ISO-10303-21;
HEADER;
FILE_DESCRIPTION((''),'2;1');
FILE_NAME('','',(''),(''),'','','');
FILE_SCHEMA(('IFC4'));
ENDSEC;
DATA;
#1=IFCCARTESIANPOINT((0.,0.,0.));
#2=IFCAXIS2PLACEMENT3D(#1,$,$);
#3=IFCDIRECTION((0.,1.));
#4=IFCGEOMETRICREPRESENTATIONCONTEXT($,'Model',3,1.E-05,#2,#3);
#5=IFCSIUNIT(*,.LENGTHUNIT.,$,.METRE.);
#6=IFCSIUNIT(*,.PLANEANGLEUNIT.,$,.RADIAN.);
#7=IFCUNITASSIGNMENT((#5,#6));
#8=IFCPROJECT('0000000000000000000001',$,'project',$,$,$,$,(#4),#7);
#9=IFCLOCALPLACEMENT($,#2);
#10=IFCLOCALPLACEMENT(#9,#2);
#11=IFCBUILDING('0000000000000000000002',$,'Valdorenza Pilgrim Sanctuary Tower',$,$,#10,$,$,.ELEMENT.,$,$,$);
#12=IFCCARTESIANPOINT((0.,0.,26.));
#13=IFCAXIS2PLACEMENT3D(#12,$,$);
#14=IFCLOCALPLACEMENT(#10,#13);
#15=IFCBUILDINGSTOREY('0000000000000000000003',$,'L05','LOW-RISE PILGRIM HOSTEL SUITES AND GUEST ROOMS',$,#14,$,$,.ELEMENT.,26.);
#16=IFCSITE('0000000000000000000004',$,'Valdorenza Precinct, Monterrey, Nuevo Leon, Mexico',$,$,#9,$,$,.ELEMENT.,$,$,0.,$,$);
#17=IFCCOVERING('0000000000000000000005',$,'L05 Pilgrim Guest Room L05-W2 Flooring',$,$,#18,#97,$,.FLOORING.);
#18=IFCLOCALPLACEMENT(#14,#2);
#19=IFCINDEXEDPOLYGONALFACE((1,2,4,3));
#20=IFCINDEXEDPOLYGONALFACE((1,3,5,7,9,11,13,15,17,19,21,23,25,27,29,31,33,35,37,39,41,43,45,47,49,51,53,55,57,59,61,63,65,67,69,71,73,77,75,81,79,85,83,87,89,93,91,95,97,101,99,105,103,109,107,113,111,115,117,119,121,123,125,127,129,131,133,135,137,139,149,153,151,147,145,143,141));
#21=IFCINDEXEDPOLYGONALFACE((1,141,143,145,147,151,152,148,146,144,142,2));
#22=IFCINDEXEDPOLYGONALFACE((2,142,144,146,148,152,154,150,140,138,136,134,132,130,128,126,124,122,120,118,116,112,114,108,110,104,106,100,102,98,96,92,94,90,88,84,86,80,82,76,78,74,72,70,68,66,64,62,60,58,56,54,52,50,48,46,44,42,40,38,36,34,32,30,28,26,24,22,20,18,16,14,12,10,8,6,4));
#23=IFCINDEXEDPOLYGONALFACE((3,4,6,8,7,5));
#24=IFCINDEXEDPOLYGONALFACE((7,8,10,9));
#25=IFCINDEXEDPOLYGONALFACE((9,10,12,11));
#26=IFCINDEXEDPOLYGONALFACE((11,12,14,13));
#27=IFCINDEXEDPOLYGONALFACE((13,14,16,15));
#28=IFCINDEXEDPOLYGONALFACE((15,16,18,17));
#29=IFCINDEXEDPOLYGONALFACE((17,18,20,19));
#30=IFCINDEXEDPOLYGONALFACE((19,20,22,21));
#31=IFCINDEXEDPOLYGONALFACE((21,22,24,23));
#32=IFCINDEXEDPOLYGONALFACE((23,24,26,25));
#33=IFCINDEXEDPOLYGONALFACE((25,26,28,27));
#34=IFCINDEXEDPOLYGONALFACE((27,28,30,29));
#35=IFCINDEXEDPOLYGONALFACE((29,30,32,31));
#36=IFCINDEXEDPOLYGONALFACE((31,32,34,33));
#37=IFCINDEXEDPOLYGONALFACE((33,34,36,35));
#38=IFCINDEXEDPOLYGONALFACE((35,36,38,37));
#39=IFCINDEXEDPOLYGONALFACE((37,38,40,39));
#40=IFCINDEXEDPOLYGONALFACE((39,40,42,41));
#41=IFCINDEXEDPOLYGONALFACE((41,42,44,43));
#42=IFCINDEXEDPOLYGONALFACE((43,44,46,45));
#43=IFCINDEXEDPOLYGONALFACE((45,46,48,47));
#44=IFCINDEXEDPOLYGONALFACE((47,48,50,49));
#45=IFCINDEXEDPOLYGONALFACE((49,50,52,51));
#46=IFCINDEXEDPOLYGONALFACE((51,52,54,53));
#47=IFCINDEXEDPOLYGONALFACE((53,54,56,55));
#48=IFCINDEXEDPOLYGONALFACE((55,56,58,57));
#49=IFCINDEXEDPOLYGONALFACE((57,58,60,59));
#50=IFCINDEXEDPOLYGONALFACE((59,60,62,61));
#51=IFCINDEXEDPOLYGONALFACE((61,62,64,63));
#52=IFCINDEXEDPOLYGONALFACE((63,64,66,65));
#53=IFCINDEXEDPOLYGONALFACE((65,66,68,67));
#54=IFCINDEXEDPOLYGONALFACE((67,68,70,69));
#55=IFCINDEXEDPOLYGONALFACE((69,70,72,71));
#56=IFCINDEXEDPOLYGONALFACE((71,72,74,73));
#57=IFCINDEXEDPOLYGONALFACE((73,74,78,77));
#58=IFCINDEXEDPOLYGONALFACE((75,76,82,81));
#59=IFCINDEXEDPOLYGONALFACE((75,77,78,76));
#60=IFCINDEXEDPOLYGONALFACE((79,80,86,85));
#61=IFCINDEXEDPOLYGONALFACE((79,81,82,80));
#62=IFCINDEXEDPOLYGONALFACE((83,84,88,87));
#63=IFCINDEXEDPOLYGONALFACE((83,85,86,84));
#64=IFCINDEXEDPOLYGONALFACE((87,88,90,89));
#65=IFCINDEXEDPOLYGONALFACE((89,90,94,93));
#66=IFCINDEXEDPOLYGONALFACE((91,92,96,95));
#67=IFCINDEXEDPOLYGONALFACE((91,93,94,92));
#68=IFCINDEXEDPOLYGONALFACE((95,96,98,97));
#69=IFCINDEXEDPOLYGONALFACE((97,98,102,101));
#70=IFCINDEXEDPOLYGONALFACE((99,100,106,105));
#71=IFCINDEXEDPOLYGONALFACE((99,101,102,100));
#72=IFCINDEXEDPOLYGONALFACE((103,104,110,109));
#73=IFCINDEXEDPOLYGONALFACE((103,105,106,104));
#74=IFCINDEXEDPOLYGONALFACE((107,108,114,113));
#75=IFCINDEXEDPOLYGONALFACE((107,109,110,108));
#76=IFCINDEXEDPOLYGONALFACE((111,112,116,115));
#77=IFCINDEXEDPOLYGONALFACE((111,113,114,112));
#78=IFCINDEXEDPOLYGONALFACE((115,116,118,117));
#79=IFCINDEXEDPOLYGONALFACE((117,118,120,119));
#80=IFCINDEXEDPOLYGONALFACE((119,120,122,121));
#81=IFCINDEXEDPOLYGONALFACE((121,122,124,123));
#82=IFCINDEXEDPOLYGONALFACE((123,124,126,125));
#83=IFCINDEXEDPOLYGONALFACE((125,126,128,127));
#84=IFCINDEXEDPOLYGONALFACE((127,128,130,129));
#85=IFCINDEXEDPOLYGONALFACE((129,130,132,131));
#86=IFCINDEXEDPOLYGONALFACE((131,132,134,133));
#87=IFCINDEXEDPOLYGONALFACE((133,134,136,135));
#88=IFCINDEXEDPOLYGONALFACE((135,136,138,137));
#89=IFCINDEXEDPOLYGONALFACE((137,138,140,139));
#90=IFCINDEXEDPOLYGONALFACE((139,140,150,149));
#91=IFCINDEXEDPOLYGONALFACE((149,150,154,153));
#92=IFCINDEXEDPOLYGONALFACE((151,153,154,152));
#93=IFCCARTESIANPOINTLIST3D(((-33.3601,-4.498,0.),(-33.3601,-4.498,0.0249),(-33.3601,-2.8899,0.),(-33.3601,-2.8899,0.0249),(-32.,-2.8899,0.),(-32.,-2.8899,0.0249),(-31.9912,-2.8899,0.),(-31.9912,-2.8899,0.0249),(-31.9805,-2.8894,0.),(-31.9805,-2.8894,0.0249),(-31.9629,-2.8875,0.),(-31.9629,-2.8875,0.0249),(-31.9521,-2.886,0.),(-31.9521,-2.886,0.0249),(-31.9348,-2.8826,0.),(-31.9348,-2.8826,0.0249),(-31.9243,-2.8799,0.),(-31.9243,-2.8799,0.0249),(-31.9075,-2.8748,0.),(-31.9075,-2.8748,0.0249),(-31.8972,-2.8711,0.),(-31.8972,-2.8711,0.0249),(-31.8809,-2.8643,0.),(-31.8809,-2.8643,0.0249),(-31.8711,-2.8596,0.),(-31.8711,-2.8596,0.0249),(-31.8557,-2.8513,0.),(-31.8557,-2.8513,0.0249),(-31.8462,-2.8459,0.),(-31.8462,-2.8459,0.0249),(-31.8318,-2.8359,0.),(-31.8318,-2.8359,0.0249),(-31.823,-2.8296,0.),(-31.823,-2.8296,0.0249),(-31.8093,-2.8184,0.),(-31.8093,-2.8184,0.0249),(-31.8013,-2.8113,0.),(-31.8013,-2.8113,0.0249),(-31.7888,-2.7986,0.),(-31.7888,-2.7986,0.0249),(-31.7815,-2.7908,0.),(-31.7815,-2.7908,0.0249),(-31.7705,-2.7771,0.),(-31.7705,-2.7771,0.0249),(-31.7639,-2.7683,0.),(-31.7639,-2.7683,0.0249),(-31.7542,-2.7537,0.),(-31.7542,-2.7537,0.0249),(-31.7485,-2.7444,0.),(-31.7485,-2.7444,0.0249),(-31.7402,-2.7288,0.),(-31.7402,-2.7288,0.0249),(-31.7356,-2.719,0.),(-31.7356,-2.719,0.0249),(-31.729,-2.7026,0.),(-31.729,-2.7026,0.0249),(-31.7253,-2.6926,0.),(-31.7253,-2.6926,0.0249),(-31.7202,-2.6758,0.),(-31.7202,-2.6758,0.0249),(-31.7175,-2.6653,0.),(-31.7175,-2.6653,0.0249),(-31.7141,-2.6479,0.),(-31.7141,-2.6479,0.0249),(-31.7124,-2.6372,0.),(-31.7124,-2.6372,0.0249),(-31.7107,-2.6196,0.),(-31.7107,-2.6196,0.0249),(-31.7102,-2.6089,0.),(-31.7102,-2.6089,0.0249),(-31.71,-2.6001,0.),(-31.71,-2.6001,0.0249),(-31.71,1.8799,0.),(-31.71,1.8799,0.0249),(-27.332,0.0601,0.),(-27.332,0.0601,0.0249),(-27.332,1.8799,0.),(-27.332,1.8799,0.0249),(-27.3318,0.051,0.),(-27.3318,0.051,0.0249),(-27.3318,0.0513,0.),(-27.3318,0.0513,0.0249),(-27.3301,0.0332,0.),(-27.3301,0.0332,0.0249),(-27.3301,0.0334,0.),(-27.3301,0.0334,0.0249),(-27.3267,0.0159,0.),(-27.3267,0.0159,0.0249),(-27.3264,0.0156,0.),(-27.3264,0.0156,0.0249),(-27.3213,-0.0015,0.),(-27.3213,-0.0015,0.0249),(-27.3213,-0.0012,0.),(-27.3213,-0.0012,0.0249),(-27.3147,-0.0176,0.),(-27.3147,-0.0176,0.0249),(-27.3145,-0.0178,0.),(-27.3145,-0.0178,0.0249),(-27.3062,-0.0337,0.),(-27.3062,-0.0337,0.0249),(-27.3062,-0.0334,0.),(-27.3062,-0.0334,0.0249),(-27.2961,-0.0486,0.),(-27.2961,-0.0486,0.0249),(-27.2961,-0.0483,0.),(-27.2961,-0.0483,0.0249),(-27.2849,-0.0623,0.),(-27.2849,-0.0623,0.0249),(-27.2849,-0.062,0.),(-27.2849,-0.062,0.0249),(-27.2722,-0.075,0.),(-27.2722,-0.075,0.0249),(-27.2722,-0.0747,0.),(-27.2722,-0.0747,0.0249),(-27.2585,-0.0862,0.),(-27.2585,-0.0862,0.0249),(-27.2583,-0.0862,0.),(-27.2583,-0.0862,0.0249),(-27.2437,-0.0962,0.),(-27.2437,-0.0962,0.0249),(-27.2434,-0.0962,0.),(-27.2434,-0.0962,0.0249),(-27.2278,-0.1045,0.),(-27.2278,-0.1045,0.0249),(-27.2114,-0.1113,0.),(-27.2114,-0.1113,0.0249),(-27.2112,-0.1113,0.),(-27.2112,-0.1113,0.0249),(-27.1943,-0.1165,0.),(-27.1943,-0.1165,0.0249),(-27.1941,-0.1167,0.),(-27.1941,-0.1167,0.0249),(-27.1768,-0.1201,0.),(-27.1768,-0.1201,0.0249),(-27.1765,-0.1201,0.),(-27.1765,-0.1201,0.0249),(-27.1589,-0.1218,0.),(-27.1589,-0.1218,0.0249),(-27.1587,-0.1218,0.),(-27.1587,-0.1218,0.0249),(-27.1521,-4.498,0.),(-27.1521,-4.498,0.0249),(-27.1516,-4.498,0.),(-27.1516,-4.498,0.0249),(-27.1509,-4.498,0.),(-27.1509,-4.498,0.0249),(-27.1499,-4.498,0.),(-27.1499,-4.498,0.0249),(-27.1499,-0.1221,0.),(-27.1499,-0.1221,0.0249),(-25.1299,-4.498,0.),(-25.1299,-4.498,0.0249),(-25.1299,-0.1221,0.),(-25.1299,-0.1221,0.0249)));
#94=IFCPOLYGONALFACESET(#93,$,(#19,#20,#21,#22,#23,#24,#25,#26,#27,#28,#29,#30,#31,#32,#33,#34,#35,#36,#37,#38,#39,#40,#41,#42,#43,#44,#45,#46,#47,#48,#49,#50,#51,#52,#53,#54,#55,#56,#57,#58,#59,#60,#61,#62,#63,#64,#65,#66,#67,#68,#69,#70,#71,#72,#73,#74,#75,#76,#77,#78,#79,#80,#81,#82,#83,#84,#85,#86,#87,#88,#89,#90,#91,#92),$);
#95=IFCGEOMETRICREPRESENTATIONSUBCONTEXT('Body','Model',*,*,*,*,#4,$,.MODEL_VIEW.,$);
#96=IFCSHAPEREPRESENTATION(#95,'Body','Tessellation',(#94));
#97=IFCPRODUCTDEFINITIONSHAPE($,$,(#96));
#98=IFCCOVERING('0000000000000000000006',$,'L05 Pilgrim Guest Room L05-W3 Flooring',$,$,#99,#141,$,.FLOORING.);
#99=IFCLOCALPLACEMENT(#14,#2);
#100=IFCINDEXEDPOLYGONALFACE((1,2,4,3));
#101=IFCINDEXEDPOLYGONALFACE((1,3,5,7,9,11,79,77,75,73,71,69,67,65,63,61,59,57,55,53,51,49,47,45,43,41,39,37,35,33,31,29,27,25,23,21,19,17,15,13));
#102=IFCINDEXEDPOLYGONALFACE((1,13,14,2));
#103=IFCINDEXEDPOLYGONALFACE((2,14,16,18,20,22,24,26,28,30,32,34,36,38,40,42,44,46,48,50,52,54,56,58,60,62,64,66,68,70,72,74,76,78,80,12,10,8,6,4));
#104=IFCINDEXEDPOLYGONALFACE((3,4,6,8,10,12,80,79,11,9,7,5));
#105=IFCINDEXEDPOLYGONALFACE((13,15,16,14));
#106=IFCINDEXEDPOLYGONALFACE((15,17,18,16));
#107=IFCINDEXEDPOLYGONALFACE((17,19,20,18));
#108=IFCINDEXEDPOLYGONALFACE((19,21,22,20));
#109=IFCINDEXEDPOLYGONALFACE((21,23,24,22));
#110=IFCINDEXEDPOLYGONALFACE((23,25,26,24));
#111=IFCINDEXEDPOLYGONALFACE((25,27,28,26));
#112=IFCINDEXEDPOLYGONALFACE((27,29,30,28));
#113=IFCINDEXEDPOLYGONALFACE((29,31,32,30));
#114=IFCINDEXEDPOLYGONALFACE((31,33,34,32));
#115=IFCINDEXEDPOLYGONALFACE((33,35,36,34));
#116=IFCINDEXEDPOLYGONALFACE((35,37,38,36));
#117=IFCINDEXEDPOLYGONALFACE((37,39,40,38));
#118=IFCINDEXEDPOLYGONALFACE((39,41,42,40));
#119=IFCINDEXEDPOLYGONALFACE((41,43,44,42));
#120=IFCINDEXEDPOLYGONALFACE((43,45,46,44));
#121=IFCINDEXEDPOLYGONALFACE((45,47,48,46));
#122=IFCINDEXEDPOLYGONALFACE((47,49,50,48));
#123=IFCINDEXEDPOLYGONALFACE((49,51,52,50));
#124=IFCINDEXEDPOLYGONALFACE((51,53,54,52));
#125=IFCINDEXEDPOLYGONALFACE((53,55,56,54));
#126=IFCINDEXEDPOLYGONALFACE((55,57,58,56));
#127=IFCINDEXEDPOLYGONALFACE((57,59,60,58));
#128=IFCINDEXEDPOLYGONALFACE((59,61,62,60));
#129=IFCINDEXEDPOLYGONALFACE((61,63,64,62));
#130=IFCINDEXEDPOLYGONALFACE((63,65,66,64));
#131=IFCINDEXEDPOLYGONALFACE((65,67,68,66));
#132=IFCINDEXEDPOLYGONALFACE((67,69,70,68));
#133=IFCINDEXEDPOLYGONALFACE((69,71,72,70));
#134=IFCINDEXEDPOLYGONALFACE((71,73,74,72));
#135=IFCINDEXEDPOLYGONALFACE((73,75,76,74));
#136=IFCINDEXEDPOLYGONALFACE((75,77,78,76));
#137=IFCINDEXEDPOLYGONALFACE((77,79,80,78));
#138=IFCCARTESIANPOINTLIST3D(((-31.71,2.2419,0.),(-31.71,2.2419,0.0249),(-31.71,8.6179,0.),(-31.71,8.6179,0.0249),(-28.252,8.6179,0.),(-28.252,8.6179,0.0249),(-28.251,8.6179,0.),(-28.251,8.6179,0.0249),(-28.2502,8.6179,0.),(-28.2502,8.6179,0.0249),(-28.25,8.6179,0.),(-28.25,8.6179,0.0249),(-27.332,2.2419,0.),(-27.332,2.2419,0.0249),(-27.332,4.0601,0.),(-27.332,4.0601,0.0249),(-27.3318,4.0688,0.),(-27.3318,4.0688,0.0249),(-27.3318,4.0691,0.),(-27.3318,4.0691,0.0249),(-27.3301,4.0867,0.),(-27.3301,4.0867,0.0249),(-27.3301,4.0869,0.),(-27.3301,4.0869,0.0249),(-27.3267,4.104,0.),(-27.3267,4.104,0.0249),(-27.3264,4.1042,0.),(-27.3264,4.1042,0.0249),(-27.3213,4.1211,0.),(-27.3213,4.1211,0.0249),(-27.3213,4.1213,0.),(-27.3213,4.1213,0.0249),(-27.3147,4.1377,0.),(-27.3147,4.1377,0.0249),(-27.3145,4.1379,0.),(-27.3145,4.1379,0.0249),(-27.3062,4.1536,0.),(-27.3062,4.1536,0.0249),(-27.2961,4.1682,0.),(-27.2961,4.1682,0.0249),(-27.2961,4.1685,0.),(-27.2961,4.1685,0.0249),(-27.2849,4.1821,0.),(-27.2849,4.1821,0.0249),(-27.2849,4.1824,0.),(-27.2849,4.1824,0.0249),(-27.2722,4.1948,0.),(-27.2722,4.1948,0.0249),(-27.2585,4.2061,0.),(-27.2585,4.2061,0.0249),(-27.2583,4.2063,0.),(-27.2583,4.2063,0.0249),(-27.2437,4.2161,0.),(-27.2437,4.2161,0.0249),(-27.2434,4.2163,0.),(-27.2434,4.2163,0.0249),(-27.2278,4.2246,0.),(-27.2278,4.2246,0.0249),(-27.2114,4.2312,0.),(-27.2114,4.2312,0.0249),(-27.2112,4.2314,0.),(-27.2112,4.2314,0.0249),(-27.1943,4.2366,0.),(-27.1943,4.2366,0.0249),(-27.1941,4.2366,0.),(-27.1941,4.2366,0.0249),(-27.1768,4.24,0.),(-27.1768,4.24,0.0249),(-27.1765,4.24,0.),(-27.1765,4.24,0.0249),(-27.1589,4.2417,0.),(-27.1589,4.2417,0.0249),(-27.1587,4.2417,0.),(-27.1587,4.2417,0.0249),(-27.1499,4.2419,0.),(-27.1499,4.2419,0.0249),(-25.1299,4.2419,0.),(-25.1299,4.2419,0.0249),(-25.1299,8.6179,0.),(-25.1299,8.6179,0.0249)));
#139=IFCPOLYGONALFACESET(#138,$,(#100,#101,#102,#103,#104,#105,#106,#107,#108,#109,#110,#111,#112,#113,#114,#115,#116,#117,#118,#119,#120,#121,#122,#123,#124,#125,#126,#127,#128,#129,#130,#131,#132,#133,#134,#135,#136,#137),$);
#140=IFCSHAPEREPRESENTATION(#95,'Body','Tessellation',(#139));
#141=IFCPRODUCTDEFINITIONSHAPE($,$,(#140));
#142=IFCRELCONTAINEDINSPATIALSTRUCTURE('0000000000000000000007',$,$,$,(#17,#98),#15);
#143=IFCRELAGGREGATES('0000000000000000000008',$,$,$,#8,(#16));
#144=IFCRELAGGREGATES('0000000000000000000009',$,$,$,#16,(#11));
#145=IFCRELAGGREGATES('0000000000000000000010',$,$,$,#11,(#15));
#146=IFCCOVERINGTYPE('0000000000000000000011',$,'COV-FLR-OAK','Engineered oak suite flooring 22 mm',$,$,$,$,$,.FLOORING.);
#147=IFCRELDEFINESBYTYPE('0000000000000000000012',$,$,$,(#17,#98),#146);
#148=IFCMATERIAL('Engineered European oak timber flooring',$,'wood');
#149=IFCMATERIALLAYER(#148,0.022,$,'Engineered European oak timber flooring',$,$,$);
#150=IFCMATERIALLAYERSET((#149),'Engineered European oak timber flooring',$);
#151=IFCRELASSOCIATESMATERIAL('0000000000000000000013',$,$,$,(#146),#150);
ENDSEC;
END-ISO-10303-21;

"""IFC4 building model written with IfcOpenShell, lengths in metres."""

from ifc_helpers import new_model, si_unit, direction, frame, origin, place, context, subcontext, project, spatial, polyline, outline, extrude, material, layer, layer_set, type_object, element, save


model = new_model("IFC4")

# Units and contexts
model_context = context("Model", 3, precision=1e-05, world=origin(), true_north=direction((0.0, 1.0)))
body_context = subcontext(model_context, "Body", "Model", "MODEL_VIEW")
ifc_project = project(units=[si_unit("LENGTHUNIT", "METRE"), si_unit("PLANEANGLEUNIT", "RADIAN")], contexts=[model_context])

# Site, building, storey
site_placement = place(None, origin())
site = spatial("IfcSite", under=ifc_project, at=site_placement, Name="Valdorenza Precinct, Monterrey, Nuevo Leon, Mexico", CompositionType="ELEMENT", RefElevation=0.0)
building_placement = place(site_placement, origin())
building = spatial("IfcBuilding", under=site, at=building_placement, Name="Valdorenza Pilgrim Sanctuary Tower", CompositionType="ELEMENT")
storey_placement = place(building_placement, frame((0.0, 0.0, 26.0)))
storey = spatial("IfcBuildingStorey", under=building, at=storey_placement, Name="L05", Description="LOW-RISE PILGRIM HOSTEL SUITES AND GUEST ROOMS", CompositionType="ELEMENT", Elevation=26.0)

# Coverings
ifc_material_1 = material(Name="Engineered European oak timber flooring", Category="wood")
ifc_layer_1 = layer(ifc_material_1, 0.022, Name="Engineered European oak timber flooring")
ifc_layer_set_1 = layer_set([ifc_layer_1], Name="Engineered European oak timber flooring")
covering_type_1 = type_object("IfcCoveringType", Name="COV-FLR-OAK", Description="Engineered oak suite flooring 22 mm", PredefinedType="FLOORING", material=ifc_layer_set_1)
covering_1_placement = place(storey_placement, origin())
element("IfcCovering", 1, at=covering_1_placement, inside=storey, type_object=covering_type_1, Name="L05 Pilgrim Guest Room L05-W2 Flooring", PredefinedType="FLOORING", context=body_context, shape_type="SweptSolid", body=[
    extrude(outline(polyline([(-33.3601, -2.8899), (-32.0, -2.8899), (-31.9912, -2.8899), (-31.9805, -2.8894), (-31.9629, -2.8875), (-31.9521, -2.886), (-31.9348, -2.8826), (-31.9243, -2.8799), (-31.9075, -2.8748), (-31.8972, -2.8711), (-31.8809, -2.8643), (-31.8711, -2.8596), (-31.8557, -2.8513), (-31.8462, -2.8459), (-31.8318, -2.8359), (-31.823, -2.8296), (-31.8093, -2.8184), (-31.8013, -2.8113), (-31.7888, -2.7986), (-31.7815, -2.7908), (-31.7705, -2.7771), (-31.7639, -2.7683), (-31.7542, -2.7537), (-31.7485, -2.7444), (-31.7402, -2.7288), (-31.7356, -2.719), (-31.729, -2.7026), (-31.7253, -2.6926), (-31.7202, -2.6758), (-31.7175, -2.6653), (-31.7141, -2.6479), (-31.7124, -2.6372), (-31.7107, -2.6196), (-31.7102, -2.6089), (-31.71, -2.6001), (-31.71, 1.8799), (-27.332, 1.8799), (-27.332, 0.0601), (-27.3318, 0.0513), (-27.3318, 0.051), (-27.3301, 0.0334), (-27.3301, 0.0332), (-27.3267, 0.0159), (-27.3264, 0.0156), (-27.3213, -0.0012), (-27.3213, -0.0015), (-27.3147, -0.0176), (-27.3145, -0.0178), (-27.3062, -0.0334), (-27.3062, -0.0337), (-27.2961, -0.0483), (-27.2961, -0.0486), (-27.2849, -0.062), (-27.2849, -0.0623), (-27.2722, -0.0747), (-27.2722, -0.075), (-27.2585, -0.0862), (-27.2583, -0.0862), (-27.2437, -0.0962), (-27.2434, -0.0962), (-27.2278, -0.1045), (-27.2278, -0.1045), (-27.2114, -0.1113), (-27.2112, -0.1113), (-27.1943, -0.1165), (-27.1941, -0.1167), (-27.1768, -0.1201), (-27.1765, -0.1201), (-27.1589, -0.1218), (-27.1587, -0.1218), (-27.1499, -0.1221), (-25.1299, -0.1221), (-25.1299, -4.498), (-27.1499, -4.498), (-27.1509, -4.498), (-27.1516, -4.498), (-27.1521, -4.498), (-33.3601, -4.498), (-33.3601, -2.8899)])), origin(), (0.0, 0.0, 1.0), 0.0249),
])
covering_2_placement = place(storey_placement, origin())
element("IfcCovering", 2, at=covering_2_placement, inside=storey, type_object=covering_type_1, Name="L05 Pilgrim Guest Room L05-W3 Flooring", PredefinedType="FLOORING", context=body_context, shape_type="SweptSolid", body=[
    extrude(outline(polyline([(-28.2502, 8.6179), (-28.25, 8.6179), (-25.1299, 8.6179), (-25.1299, 4.2419), (-27.1499, 4.2419), (-27.1587, 4.2417), (-27.1589, 4.2417), (-27.1765, 4.24), (-27.1768, 4.24), (-27.1941, 4.2366), (-27.1943, 4.2366), (-27.2112, 4.2314), (-27.2114, 4.2312), (-27.2278, 4.2246), (-27.2278, 4.2246), (-27.2434, 4.2163), (-27.2437, 4.2161), (-27.2583, 4.2063), (-27.2585, 4.2061), (-27.2722, 4.1948), (-27.2722, 4.1948), (-27.2849, 4.1824), (-27.2849, 4.1821), (-27.2961, 4.1685), (-27.2961, 4.1682), (-27.3062, 4.1536), (-27.3062, 4.1536), (-27.3145, 4.1379), (-27.3147, 4.1377), (-27.3213, 4.1213), (-27.3213, 4.1211), (-27.3264, 4.1042), (-27.3267, 4.104), (-27.3301, 4.0869), (-27.3301, 4.0867), (-27.3318, 4.0691), (-27.3318, 4.0688), (-27.332, 4.0601), (-27.332, 2.2419), (-31.71, 2.2419), (-31.71, 8.6179), (-28.252, 8.6179), (-28.251, 8.6179), (-28.2502, 8.6179)])), origin(), (0.0, 0.0, 1.0), 0.0249),
])

save(model, "model.ifc")
